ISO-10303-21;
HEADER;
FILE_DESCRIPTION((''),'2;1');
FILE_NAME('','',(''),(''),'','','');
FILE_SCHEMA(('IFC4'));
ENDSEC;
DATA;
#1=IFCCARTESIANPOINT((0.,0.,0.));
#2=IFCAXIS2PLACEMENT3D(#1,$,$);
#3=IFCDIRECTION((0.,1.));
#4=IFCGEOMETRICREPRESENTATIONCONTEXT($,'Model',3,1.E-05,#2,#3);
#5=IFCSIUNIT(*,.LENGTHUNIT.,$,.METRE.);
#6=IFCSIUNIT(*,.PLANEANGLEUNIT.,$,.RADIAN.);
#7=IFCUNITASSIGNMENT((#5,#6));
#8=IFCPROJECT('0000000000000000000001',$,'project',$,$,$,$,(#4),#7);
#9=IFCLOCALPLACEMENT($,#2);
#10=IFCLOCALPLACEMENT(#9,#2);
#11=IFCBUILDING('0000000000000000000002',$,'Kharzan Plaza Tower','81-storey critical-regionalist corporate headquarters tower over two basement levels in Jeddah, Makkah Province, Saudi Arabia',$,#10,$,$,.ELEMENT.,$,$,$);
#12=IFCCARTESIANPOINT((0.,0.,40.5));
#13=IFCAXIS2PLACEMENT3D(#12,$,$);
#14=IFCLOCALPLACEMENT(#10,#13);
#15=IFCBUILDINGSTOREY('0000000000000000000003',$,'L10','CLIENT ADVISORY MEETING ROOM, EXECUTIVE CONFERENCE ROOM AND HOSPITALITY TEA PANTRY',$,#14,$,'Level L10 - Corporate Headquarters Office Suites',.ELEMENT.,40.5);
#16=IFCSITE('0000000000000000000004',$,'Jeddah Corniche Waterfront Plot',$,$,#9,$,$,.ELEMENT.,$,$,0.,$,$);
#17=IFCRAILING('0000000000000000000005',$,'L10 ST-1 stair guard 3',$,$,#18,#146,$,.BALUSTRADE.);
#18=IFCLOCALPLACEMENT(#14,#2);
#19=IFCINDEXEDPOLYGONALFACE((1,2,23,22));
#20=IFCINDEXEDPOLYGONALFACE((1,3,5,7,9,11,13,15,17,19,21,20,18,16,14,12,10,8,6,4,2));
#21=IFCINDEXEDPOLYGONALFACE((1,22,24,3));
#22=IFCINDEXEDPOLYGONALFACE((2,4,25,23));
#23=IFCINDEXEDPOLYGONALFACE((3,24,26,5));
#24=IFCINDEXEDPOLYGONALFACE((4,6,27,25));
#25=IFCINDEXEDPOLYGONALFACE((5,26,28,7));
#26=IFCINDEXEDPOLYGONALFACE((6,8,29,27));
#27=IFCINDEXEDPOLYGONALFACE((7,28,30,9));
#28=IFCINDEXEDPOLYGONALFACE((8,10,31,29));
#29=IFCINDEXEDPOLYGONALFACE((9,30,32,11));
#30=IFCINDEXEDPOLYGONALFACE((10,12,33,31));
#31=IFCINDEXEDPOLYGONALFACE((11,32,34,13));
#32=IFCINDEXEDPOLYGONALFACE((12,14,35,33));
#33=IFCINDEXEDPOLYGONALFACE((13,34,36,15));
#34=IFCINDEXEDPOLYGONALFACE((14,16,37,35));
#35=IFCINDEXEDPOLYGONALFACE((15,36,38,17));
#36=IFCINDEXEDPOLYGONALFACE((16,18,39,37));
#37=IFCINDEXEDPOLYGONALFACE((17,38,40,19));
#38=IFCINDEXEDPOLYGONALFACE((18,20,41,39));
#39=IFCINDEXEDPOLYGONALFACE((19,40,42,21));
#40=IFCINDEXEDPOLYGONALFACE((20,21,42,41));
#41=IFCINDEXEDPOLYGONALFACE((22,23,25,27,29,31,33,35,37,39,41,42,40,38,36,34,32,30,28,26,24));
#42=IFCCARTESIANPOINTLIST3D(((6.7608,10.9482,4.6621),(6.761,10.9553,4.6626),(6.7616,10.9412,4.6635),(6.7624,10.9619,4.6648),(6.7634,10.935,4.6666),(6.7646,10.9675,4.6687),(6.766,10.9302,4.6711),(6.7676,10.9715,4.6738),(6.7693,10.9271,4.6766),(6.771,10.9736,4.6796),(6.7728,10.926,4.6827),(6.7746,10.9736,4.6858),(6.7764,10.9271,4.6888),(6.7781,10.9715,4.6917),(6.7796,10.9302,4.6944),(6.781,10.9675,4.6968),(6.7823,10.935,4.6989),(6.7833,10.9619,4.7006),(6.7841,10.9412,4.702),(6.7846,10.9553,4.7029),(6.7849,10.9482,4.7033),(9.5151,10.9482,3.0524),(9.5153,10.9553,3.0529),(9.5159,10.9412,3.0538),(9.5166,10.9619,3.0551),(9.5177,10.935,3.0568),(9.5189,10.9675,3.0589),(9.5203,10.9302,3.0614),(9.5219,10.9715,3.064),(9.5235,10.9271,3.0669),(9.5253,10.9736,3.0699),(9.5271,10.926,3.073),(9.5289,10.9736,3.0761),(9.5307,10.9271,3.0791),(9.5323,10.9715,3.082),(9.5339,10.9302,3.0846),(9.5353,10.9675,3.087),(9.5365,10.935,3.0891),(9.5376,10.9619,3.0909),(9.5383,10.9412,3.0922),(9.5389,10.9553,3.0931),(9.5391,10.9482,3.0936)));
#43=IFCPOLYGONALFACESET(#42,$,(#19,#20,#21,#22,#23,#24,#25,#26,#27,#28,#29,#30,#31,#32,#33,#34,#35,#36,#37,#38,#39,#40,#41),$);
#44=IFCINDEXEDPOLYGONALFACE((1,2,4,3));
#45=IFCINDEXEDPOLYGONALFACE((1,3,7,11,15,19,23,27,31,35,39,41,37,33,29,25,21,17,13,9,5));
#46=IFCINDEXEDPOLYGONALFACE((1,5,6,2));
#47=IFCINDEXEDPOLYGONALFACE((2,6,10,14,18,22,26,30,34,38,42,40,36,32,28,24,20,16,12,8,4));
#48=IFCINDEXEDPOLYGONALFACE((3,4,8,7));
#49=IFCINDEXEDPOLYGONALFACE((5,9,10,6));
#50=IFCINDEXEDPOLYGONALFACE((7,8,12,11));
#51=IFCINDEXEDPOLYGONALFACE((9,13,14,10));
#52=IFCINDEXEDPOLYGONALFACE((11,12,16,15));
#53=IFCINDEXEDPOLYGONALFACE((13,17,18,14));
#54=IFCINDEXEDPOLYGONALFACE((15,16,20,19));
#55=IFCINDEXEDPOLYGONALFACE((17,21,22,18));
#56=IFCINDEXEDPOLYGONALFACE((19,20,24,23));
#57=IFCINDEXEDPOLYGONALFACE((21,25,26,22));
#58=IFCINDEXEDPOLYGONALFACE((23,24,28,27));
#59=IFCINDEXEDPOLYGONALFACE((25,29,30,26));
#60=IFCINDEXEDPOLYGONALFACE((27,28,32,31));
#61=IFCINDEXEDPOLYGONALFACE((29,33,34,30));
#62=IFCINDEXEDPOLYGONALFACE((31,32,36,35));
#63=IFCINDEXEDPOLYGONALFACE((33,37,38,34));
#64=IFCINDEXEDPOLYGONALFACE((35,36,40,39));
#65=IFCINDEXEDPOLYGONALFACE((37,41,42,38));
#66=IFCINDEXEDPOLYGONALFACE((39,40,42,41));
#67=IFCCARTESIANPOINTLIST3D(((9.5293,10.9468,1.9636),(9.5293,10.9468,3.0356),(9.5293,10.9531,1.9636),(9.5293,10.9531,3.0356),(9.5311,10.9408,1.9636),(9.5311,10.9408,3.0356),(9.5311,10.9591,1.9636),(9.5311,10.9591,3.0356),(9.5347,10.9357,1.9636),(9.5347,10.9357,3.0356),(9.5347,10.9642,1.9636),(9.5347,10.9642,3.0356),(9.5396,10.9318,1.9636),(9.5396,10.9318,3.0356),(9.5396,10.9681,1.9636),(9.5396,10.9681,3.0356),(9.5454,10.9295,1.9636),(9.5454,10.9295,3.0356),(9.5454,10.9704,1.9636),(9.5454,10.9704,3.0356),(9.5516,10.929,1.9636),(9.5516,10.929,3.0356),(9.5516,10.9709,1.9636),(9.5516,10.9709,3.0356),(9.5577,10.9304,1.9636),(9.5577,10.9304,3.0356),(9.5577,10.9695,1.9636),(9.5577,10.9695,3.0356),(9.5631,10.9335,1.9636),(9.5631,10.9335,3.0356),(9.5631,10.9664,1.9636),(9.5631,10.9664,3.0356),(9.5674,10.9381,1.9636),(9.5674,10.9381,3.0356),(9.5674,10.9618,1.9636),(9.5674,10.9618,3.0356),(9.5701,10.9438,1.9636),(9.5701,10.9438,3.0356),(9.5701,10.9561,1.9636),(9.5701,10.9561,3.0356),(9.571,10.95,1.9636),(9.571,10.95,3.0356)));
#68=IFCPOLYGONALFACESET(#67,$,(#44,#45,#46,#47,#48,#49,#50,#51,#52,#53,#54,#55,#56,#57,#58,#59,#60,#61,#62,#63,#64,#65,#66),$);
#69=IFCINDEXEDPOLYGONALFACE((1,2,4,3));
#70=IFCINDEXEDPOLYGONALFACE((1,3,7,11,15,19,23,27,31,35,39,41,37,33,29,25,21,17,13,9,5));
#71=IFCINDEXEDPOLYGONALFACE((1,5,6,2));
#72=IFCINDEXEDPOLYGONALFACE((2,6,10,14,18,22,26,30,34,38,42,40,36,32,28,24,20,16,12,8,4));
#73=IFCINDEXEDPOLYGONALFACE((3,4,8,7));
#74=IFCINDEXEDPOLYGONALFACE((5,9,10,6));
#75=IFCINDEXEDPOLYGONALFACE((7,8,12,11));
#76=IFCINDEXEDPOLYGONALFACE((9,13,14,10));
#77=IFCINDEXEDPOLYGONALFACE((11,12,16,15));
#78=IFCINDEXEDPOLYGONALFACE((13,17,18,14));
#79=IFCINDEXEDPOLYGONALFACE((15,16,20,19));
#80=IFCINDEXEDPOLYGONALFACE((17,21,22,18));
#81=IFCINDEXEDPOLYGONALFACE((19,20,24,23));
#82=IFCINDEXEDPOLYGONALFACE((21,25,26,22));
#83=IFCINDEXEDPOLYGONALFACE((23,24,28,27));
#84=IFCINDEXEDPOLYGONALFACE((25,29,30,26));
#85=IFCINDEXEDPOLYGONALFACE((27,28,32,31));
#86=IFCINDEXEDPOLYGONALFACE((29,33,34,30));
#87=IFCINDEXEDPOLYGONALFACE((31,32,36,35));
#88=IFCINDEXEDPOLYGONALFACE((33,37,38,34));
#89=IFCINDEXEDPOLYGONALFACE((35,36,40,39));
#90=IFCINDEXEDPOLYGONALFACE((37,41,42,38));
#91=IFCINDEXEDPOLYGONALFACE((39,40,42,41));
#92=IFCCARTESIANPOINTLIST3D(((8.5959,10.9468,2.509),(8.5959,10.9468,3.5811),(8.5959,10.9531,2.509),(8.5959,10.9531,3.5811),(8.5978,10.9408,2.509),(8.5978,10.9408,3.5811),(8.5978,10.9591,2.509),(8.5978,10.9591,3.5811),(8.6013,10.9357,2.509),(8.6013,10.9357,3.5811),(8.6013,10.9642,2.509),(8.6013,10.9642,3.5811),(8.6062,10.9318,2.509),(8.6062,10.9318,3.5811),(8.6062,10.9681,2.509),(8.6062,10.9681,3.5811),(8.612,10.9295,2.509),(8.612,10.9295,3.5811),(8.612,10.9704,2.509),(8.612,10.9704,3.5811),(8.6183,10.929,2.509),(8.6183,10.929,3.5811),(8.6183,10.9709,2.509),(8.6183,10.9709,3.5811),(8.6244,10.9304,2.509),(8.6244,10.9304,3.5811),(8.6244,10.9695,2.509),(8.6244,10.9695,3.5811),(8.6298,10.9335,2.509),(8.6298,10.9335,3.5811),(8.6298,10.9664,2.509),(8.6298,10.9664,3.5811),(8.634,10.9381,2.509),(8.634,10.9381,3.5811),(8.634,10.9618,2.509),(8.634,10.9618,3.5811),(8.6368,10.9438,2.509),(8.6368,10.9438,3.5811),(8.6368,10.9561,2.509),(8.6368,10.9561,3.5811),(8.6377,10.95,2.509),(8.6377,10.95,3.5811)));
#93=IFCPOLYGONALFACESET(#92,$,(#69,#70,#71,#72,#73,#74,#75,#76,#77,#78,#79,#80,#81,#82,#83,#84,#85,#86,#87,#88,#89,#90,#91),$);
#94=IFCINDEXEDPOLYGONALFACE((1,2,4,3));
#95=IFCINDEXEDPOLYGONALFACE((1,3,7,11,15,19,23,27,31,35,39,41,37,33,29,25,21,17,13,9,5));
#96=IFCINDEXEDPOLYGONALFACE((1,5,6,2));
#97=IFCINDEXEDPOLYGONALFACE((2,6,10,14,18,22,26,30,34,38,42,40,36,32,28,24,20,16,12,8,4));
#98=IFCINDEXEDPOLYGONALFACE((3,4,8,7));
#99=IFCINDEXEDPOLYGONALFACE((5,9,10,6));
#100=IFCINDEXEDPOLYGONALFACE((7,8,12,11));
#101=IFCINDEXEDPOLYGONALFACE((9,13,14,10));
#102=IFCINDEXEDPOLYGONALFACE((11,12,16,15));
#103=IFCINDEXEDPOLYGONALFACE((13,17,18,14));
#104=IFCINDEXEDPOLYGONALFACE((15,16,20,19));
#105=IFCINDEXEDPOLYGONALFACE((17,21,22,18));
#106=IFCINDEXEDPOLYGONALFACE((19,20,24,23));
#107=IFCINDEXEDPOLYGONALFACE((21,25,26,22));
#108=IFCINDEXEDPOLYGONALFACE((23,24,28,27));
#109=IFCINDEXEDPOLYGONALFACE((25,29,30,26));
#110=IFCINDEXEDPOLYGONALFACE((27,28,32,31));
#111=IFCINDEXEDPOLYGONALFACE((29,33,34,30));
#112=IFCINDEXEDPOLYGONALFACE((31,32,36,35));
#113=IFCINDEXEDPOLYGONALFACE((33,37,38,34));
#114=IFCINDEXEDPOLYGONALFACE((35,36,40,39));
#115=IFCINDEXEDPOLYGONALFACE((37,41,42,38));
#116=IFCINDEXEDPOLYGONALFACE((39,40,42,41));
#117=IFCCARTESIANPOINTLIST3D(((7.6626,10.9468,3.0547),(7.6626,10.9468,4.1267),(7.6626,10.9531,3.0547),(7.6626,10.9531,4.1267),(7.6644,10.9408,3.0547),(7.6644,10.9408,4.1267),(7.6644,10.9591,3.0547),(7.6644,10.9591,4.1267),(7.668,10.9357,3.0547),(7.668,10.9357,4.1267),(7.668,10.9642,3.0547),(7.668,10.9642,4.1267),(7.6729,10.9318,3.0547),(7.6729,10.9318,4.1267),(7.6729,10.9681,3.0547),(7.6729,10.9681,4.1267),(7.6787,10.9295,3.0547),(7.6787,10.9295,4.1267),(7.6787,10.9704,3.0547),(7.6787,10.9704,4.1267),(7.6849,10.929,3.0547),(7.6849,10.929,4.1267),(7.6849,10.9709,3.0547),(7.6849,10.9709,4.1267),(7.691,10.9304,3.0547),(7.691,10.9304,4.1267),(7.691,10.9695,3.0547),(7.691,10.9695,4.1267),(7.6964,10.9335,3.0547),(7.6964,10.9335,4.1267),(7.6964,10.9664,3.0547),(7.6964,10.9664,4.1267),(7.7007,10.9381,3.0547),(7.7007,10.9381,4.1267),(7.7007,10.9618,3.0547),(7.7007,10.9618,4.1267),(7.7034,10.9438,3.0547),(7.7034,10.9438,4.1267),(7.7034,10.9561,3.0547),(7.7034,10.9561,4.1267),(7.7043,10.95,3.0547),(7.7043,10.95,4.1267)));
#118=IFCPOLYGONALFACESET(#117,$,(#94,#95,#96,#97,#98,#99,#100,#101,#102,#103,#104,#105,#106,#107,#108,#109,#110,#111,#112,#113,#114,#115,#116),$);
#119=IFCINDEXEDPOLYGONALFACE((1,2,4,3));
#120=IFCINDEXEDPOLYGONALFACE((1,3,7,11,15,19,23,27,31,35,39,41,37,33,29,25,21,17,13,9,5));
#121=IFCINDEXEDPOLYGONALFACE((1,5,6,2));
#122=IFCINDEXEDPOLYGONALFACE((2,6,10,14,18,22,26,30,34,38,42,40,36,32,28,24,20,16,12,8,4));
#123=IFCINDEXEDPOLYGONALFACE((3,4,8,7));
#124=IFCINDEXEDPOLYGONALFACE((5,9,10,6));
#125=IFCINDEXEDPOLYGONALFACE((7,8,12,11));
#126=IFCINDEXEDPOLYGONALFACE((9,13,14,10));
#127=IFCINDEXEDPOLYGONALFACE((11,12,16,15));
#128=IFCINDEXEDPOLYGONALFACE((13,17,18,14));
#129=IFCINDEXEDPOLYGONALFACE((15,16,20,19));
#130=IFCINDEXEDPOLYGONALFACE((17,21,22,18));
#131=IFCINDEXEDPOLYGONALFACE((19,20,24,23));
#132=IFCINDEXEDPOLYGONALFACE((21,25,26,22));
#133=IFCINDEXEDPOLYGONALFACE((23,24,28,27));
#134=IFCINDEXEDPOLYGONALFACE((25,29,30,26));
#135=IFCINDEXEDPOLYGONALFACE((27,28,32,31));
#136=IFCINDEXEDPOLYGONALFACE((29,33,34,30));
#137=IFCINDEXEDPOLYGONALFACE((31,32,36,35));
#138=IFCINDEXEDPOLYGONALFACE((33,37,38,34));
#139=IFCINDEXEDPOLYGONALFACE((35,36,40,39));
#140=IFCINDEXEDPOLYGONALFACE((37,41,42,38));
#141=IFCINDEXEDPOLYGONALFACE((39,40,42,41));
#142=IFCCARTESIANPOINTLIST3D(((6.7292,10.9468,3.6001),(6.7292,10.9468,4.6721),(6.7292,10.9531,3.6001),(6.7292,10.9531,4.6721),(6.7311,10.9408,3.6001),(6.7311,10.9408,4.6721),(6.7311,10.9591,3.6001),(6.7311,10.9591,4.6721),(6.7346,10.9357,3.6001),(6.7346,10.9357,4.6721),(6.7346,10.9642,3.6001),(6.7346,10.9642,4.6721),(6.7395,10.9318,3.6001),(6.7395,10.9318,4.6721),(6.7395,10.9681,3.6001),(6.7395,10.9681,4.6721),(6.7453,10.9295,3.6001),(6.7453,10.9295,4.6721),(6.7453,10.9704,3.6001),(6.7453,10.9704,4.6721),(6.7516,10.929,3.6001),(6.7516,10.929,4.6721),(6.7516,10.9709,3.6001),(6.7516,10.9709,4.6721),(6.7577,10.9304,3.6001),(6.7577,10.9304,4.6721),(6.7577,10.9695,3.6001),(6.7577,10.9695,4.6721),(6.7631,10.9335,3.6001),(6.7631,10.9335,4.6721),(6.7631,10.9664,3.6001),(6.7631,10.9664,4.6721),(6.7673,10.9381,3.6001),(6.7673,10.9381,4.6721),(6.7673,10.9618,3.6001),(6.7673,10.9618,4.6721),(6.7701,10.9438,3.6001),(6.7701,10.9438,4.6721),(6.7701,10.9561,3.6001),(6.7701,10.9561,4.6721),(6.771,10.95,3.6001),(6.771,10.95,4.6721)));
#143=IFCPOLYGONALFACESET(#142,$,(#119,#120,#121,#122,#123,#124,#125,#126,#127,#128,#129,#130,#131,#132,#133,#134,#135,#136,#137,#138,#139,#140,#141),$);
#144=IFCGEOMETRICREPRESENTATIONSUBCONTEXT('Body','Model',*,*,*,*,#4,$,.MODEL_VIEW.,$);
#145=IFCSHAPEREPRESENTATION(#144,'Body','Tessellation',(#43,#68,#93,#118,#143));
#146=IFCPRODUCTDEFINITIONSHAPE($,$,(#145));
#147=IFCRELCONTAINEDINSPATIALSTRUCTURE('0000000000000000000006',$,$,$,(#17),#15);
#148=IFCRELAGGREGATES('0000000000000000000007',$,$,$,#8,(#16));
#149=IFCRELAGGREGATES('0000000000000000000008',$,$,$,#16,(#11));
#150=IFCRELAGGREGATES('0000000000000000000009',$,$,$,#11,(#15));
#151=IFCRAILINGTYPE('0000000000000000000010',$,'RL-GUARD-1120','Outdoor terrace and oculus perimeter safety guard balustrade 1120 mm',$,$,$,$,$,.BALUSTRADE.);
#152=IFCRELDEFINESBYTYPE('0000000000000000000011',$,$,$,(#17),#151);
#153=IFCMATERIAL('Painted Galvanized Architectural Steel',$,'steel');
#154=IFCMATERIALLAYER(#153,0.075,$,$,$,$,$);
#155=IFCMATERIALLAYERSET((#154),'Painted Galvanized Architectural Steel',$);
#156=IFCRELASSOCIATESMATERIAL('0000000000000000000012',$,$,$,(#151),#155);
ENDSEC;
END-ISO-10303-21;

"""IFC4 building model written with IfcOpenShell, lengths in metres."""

from ifc_helpers import new_model, si_unit, direction, frame, origin, origin_2d, place, context, subcontext, project, spatial, circle, extrude, source, transform, mapped, material, layer, layer_set, type_object, element, save


model = new_model("IFC4")

# Units and contexts
model_context = context("Model", 3, precision=1e-05, world=origin(), true_north=direction((0.0, 1.0)))
body_context = subcontext(model_context, "Body", "Model", "MODEL_VIEW")
ifc_project = project(units=[si_unit("LENGTHUNIT", "METRE"), si_unit("PLANEANGLEUNIT", "RADIAN")], contexts=[model_context])

# Site, building, storey
site_placement = place(None, origin())
site = spatial("IfcSite", under=ifc_project, at=site_placement, Name="Jeddah Corniche Waterfront Plot", CompositionType="ELEMENT", RefElevation=0.0)
building_placement = place(site_placement, origin())
building = spatial("IfcBuilding", under=site, at=building_placement, Name="Kharzan Plaza Tower", Description="81-storey critical-regionalist corporate headquarters tower over two basement levels in Jeddah, Makkah Province, Saudi Arabia", CompositionType="ELEMENT")
storey_placement = place(building_placement, frame((0.0, 0.0, 40.5)))
storey = spatial("IfcBuildingStorey", under=building, at=storey_placement, Name="L10", Description="CLIENT ADVISORY MEETING ROOM, EXECUTIVE CONFERENCE ROOM AND HOSPITALITY TEA PANTRY", LongName="Level L10 - Corporate Headquarters Office Suites", CompositionType="ELEMENT", Elevation=40.5)

# Railing
ifc_material_1 = material(Name="Painted Galvanized Architectural Steel", Category="steel")
ifc_layer_1 = layer(ifc_material_1, 0.075)
ifc_layer_set_1 = layer_set([ifc_layer_1], Name="Painted Galvanized Architectural Steel")
railing_type = type_object("IfcRailingType", Name="RL-GUARD-1120", Description="Outdoor terrace and oculus perimeter safety guard balustrade 1120 mm", PredefinedType="BALUSTRADE", material=ifc_layer_set_1)
shared_shape_1 = source(origin(), body_context, "Body", "SweptSolid", [
    extrude(circle(Radius=0.0239, at=origin_2d()), frame((-0.0229, 0.0, 1.1094), z_axis=(-0.863361, 0.0, 0.504587), x_axis=(0.0, -1.0, 0.0)), (0.0, 0.0, 1.0), 3.1902),
    extrude(circle(Radius=0.021, at=origin_2d()), origin(), (0.0, 0.0, 1.0), 1.072),
    extrude(circle(Radius=0.021, at=origin_2d()), frame((-0.9333, 0.0, 0.5454)), (0.0, 0.0, 1.0), 1.072),
    extrude(circle(Radius=0.021, at=origin_2d()), frame((-1.8667, 0.0, 1.0911)), (0.0, 0.0, 1.0), 1.072),
    extrude(circle(Radius=0.021, at=origin_2d()), frame((-2.8, 0.0, 1.6365)), (0.0, 0.0, 1.0), 1.072),
])
railing_placement = place(storey_placement, frame((9.55, 10.95, 1.9636)))
element("IfcRailing", 1, at=railing_placement, inside=storey, type_object=railing_type, Name="L10 ST-1 stair guard 3", PredefinedType="BALUSTRADE", context=body_context, shape_type="MappedRepresentation", body=[
    mapped(shared_shape_1, transform((0.0, 0.0, 0.0), x_axis=(1.0, 0.0, 0.0), y_axis=(0.0, 1.0, 0.0), z_axis=(0.0, 0.0, 1.0))),
])

save(model, "model.ifc")
